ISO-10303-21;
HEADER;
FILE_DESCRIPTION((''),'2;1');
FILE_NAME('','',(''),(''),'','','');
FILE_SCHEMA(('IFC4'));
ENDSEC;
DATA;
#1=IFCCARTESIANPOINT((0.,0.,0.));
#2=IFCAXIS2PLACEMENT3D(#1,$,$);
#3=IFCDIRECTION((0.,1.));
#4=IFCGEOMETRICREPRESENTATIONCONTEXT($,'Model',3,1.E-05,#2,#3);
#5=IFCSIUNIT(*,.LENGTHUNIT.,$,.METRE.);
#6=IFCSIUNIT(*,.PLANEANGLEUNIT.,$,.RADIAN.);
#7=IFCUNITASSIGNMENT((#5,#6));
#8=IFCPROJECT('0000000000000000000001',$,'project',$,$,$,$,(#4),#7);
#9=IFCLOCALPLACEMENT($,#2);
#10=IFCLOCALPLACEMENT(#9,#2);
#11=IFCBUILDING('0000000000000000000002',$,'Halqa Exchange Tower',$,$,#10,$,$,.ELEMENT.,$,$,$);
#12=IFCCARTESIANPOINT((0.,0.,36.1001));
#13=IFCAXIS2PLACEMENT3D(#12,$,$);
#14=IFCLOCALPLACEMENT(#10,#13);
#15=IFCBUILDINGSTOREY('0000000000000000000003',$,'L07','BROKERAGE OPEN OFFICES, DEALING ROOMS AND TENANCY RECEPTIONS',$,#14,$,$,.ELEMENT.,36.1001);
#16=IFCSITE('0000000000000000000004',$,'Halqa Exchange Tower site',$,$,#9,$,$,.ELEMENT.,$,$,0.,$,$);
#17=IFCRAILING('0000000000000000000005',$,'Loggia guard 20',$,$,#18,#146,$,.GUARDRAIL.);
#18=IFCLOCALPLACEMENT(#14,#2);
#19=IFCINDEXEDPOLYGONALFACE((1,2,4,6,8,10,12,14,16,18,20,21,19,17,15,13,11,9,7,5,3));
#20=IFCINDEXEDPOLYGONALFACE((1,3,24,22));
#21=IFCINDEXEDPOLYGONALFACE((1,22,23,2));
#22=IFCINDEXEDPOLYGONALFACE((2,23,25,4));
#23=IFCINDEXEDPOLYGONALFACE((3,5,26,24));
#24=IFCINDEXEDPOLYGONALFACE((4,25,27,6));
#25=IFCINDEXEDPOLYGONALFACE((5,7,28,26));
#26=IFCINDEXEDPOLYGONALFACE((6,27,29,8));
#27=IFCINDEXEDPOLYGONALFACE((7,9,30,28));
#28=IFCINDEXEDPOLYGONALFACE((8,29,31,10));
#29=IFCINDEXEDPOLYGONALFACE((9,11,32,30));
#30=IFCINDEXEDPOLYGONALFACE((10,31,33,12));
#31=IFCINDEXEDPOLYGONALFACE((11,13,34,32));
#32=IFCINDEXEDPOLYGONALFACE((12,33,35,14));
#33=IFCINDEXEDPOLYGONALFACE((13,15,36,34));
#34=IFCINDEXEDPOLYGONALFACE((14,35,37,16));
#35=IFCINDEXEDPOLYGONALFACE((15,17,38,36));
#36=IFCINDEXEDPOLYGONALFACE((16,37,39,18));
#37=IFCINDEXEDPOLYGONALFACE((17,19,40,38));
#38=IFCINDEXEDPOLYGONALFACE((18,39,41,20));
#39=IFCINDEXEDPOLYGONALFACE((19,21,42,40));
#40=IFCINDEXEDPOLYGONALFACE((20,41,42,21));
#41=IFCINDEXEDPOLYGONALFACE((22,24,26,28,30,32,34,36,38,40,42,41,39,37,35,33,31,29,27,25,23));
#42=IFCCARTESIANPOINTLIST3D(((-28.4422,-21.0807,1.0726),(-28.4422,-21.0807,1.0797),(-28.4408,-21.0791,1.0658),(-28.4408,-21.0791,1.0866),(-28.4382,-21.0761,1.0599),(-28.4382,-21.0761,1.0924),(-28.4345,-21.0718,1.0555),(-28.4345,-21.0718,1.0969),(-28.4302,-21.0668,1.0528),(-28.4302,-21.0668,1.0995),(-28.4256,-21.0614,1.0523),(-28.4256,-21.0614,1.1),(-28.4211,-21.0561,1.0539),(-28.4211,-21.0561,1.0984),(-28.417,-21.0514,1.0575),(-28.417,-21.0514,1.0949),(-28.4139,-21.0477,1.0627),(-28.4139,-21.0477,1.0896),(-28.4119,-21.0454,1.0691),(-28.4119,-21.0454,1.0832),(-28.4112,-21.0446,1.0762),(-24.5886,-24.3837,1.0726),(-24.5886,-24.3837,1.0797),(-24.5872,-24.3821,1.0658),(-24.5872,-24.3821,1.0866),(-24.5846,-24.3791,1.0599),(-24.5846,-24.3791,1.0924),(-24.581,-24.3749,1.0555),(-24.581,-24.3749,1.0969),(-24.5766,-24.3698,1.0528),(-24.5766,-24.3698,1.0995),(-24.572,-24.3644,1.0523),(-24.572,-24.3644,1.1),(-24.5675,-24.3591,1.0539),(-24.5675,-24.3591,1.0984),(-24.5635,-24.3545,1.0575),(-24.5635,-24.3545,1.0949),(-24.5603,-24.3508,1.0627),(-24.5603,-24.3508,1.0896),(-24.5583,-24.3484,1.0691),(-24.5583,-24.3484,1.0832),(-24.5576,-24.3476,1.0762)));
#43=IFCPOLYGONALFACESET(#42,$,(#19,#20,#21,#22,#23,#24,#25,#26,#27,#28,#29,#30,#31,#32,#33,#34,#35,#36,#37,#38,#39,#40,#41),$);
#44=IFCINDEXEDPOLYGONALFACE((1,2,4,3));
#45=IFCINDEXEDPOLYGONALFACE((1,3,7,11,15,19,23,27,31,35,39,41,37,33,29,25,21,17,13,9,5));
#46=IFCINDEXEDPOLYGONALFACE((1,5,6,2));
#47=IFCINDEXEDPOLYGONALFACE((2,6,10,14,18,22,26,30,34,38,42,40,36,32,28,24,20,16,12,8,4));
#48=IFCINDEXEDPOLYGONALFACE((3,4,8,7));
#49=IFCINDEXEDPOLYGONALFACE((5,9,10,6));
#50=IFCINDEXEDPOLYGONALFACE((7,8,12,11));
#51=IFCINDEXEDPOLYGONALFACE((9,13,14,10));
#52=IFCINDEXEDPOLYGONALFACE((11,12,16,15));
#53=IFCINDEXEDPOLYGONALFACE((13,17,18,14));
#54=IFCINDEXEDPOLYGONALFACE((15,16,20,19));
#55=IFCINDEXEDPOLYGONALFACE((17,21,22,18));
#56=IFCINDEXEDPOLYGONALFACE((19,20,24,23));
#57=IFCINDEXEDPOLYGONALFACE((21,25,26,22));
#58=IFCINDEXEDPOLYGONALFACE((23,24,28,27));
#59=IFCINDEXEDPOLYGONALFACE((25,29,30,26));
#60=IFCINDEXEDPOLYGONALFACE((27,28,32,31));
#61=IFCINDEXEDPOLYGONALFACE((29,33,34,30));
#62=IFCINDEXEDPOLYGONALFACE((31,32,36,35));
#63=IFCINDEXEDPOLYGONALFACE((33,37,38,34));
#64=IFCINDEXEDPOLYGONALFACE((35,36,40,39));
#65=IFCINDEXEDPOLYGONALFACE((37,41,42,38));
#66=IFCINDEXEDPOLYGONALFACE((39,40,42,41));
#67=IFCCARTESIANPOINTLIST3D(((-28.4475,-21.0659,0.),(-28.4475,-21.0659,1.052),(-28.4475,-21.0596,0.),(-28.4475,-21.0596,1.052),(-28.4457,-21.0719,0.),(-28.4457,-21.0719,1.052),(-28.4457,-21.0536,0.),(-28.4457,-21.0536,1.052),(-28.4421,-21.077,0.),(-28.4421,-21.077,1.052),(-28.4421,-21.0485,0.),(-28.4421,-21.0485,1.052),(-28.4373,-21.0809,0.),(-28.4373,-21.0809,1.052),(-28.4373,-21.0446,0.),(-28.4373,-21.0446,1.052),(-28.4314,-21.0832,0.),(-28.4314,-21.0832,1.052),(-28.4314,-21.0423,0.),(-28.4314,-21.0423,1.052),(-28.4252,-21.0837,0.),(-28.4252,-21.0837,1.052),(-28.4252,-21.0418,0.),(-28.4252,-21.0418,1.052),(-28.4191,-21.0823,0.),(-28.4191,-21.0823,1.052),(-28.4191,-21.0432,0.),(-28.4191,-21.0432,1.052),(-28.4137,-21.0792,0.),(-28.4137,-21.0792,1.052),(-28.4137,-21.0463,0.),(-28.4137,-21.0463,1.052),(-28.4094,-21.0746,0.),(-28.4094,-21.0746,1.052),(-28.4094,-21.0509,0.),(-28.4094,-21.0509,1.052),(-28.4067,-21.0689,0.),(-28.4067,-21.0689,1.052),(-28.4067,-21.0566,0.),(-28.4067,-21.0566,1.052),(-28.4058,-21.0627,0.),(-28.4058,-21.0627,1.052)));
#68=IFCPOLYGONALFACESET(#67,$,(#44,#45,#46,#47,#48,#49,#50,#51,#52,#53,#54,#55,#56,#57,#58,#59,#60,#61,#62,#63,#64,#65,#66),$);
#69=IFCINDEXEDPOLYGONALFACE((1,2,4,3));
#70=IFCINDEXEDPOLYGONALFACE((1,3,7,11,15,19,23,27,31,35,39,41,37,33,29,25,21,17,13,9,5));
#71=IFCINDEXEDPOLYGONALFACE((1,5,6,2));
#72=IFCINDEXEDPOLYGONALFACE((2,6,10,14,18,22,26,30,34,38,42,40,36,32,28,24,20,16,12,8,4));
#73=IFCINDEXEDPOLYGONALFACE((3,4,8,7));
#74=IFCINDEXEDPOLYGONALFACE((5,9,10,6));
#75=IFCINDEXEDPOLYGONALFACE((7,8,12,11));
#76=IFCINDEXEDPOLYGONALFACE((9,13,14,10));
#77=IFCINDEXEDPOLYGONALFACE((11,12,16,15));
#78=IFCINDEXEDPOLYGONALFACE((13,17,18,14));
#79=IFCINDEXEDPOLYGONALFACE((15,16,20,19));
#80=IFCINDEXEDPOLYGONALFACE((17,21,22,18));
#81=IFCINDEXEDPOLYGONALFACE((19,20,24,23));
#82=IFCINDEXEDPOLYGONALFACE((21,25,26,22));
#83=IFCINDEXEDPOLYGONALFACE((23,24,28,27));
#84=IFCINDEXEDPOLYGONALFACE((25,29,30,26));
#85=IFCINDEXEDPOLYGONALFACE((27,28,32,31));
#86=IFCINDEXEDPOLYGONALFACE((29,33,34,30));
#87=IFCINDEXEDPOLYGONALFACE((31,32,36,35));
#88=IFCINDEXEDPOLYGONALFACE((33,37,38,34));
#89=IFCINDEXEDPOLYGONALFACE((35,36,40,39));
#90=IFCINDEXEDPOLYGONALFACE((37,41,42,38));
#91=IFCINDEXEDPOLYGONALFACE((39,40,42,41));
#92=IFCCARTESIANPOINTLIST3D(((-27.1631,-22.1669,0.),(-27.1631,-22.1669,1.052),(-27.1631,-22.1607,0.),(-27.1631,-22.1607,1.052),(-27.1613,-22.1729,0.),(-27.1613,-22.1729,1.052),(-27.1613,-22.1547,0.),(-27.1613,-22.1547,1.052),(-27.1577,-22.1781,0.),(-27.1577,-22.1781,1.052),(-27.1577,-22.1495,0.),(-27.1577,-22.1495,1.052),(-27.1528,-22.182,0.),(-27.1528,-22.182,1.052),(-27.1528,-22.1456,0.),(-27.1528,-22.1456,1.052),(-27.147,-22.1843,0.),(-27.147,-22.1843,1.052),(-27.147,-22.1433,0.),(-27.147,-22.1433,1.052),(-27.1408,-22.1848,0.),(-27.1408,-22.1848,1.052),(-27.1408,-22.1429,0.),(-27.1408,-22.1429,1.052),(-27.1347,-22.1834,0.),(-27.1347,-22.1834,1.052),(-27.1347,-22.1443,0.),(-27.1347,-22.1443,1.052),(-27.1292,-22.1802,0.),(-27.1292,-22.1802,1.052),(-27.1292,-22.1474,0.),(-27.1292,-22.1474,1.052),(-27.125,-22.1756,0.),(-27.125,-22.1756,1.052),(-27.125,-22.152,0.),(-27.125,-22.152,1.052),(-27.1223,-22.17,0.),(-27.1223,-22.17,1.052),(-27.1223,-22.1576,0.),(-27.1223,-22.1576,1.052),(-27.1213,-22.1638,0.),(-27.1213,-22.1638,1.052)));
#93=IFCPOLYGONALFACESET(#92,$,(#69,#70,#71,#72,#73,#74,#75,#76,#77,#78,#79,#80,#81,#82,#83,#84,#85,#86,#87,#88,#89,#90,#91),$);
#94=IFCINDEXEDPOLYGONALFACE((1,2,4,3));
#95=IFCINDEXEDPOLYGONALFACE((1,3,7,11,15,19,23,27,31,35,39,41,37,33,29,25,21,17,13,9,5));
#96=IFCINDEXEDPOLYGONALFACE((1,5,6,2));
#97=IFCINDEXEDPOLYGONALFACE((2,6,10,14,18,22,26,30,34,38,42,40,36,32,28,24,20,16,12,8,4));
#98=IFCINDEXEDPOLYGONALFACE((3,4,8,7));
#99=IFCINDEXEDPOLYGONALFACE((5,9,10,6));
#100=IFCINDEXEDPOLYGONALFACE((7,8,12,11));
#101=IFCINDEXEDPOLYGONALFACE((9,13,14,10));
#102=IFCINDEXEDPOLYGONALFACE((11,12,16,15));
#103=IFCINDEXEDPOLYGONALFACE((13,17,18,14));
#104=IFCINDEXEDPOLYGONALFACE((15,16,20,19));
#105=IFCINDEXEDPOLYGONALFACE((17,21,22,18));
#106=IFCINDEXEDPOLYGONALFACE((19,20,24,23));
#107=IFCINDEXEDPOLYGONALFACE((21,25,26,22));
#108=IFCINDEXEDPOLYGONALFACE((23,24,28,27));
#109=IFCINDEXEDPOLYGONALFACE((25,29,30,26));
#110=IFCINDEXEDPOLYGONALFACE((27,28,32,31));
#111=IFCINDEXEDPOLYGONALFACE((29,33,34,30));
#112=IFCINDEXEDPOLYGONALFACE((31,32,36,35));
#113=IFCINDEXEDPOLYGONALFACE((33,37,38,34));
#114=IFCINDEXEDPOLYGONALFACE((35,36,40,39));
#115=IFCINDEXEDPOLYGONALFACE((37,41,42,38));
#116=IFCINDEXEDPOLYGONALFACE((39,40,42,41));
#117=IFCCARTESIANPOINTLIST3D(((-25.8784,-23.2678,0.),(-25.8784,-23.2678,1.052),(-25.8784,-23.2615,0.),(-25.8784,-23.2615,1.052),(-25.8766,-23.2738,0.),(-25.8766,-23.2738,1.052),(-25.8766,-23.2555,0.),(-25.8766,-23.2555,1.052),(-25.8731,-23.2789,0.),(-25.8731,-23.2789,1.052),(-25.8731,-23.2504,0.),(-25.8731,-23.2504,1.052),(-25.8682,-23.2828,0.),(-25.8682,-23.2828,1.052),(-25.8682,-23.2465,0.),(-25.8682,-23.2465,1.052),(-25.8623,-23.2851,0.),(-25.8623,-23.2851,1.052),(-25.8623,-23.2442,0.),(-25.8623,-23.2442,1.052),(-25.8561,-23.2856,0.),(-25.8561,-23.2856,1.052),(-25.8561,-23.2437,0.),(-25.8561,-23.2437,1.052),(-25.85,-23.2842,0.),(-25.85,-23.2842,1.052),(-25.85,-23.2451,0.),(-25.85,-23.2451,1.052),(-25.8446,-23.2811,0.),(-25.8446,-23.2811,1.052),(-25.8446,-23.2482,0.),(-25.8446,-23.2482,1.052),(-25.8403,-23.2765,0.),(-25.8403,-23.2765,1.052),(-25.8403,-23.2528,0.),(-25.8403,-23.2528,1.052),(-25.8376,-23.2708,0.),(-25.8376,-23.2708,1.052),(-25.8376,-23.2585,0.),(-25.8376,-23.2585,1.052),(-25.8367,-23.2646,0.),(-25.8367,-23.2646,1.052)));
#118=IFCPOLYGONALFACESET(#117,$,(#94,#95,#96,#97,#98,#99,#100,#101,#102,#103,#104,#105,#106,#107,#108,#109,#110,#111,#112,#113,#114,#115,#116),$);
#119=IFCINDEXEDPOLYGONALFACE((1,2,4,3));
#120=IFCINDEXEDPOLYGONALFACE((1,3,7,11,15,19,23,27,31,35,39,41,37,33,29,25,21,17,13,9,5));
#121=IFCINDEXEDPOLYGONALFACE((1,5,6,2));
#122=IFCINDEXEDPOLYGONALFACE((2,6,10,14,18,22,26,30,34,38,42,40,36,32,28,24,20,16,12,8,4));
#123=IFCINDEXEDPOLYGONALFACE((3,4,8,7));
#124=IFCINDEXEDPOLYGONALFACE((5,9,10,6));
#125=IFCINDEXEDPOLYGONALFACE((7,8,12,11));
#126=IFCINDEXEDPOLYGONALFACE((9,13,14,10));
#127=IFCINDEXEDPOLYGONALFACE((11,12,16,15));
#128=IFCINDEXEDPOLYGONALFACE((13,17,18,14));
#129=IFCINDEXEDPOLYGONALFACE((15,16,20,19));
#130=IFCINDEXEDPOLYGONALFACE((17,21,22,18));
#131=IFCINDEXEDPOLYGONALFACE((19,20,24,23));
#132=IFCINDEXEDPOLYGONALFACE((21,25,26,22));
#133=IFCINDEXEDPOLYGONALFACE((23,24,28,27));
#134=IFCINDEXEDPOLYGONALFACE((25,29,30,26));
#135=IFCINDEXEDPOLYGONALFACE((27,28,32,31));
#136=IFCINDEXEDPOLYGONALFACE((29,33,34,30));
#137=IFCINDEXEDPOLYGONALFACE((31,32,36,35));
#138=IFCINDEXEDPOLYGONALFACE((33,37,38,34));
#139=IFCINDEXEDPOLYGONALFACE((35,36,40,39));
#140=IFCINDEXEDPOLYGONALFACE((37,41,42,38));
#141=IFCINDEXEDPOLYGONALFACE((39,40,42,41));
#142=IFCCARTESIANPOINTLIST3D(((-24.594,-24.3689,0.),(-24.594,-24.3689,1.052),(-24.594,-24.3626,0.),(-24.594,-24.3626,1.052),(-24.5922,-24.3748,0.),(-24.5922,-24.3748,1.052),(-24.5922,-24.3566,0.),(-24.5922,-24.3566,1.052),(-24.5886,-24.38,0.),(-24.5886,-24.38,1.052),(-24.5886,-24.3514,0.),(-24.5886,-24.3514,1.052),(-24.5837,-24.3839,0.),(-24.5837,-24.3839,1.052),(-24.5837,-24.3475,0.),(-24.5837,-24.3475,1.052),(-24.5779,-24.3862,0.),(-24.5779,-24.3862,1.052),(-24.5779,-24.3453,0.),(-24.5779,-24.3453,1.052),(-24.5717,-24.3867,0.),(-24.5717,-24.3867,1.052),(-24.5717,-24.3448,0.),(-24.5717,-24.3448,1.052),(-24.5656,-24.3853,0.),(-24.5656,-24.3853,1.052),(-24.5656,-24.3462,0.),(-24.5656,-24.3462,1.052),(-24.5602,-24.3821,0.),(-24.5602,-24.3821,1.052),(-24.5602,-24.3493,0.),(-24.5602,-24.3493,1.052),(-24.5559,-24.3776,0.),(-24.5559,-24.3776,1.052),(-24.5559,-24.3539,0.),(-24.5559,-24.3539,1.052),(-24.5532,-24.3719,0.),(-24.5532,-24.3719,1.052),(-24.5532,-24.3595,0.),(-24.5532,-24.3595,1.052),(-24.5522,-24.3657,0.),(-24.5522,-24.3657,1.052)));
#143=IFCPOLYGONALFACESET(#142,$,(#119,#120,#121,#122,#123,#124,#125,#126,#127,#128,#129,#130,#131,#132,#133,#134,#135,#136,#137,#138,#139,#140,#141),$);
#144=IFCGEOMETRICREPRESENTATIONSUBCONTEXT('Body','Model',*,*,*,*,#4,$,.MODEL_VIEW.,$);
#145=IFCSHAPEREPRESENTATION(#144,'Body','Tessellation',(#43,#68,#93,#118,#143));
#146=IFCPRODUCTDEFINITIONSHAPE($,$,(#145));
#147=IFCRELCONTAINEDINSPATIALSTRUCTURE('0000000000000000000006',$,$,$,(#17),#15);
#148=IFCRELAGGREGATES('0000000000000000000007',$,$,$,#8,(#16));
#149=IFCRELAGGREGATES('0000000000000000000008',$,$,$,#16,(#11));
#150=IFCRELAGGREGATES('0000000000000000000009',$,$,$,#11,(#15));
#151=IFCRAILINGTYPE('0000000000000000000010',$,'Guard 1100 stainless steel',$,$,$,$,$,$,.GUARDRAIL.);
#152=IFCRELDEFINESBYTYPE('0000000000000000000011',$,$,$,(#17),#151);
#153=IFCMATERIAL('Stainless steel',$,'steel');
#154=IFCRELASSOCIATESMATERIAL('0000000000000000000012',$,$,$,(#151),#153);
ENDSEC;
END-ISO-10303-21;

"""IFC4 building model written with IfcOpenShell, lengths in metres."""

from ifc_helpers import new_model, si_unit, direction, frame, origin, origin_2d, place, context, subcontext, project, spatial, circle, extrude, material, type_object, element, save


model = new_model("IFC4")

# Units and contexts
model_context = context("Model", 3, precision=1e-05, world=origin(), true_north=direction((0.0, 1.0)))
body_context = subcontext(model_context, "Body", "Model", "MODEL_VIEW")
ifc_project = project(units=[si_unit("LENGTHUNIT", "METRE"), si_unit("PLANEANGLEUNIT", "RADIAN")], contexts=[model_context])

# Site, building, storey
site_placement = place(None, origin())
site = spatial("IfcSite", under=ifc_project, at=site_placement, Name="Halqa Exchange Tower site", CompositionType="ELEMENT", RefElevation=0.0)
building_placement = place(site_placement, origin())
building = spatial("IfcBuilding", under=site, at=building_placement, Name="Halqa Exchange Tower", CompositionType="ELEMENT")
storey_placement = place(building_placement, frame((0.0, 0.0, 36.1001)))
storey = spatial("IfcBuildingStorey", under=building, at=storey_placement, Name="L07", Description="BROKERAGE OPEN OFFICES, DEALING ROOMS AND TENANCY RECEPTIONS", CompositionType="ELEMENT", Elevation=36.1001)

# Railing
ifc_material_1 = material(Name="Stainless steel", Category="steel")
railing_type = type_object("IfcRailingType", Name="Guard 1100 stainless steel", PredefinedType="GUARDRAIL", material=ifc_material_1)
railing_1_placement = place(storey_placement, frame((-28.4268, -21.0627, 0.0)))
element("IfcRailing", 1, at=railing_1_placement, inside=storey, type_object=railing_type, Name="Loggia guard 20", PredefinedType="GUARDRAIL", context=body_context, shape_type="SweptSolid", body=[
    extrude(circle(Radius=0.0239, at=origin_2d()), frame((0.0, 0.0, 1.0762), z_axis=(0.75926, -0.650787, 0.0), x_axis=(0.650787, 0.75926, 0.0)), (0.0, 0.0, 1.0), 5.0754),
    extrude(circle(Radius=0.021, at=origin_2d()), origin(), (0.0, 0.0, 1.0), 1.052),
    extrude(circle(Radius=0.021, at=origin_2d()), frame((1.2844, -1.1011, 0.0)), (0.0, 0.0, 1.0), 1.052),
    extrude(circle(Radius=0.021, at=origin_2d()), frame((2.5691, -2.2019, 0.0)), (0.0, 0.0, 1.0), 1.052),
    extrude(circle(Radius=0.021, at=origin_2d()), frame((3.8535, -3.303, 0.0)), (0.0, 0.0, 1.0), 1.052),
])

save(model, "model.ifc")
